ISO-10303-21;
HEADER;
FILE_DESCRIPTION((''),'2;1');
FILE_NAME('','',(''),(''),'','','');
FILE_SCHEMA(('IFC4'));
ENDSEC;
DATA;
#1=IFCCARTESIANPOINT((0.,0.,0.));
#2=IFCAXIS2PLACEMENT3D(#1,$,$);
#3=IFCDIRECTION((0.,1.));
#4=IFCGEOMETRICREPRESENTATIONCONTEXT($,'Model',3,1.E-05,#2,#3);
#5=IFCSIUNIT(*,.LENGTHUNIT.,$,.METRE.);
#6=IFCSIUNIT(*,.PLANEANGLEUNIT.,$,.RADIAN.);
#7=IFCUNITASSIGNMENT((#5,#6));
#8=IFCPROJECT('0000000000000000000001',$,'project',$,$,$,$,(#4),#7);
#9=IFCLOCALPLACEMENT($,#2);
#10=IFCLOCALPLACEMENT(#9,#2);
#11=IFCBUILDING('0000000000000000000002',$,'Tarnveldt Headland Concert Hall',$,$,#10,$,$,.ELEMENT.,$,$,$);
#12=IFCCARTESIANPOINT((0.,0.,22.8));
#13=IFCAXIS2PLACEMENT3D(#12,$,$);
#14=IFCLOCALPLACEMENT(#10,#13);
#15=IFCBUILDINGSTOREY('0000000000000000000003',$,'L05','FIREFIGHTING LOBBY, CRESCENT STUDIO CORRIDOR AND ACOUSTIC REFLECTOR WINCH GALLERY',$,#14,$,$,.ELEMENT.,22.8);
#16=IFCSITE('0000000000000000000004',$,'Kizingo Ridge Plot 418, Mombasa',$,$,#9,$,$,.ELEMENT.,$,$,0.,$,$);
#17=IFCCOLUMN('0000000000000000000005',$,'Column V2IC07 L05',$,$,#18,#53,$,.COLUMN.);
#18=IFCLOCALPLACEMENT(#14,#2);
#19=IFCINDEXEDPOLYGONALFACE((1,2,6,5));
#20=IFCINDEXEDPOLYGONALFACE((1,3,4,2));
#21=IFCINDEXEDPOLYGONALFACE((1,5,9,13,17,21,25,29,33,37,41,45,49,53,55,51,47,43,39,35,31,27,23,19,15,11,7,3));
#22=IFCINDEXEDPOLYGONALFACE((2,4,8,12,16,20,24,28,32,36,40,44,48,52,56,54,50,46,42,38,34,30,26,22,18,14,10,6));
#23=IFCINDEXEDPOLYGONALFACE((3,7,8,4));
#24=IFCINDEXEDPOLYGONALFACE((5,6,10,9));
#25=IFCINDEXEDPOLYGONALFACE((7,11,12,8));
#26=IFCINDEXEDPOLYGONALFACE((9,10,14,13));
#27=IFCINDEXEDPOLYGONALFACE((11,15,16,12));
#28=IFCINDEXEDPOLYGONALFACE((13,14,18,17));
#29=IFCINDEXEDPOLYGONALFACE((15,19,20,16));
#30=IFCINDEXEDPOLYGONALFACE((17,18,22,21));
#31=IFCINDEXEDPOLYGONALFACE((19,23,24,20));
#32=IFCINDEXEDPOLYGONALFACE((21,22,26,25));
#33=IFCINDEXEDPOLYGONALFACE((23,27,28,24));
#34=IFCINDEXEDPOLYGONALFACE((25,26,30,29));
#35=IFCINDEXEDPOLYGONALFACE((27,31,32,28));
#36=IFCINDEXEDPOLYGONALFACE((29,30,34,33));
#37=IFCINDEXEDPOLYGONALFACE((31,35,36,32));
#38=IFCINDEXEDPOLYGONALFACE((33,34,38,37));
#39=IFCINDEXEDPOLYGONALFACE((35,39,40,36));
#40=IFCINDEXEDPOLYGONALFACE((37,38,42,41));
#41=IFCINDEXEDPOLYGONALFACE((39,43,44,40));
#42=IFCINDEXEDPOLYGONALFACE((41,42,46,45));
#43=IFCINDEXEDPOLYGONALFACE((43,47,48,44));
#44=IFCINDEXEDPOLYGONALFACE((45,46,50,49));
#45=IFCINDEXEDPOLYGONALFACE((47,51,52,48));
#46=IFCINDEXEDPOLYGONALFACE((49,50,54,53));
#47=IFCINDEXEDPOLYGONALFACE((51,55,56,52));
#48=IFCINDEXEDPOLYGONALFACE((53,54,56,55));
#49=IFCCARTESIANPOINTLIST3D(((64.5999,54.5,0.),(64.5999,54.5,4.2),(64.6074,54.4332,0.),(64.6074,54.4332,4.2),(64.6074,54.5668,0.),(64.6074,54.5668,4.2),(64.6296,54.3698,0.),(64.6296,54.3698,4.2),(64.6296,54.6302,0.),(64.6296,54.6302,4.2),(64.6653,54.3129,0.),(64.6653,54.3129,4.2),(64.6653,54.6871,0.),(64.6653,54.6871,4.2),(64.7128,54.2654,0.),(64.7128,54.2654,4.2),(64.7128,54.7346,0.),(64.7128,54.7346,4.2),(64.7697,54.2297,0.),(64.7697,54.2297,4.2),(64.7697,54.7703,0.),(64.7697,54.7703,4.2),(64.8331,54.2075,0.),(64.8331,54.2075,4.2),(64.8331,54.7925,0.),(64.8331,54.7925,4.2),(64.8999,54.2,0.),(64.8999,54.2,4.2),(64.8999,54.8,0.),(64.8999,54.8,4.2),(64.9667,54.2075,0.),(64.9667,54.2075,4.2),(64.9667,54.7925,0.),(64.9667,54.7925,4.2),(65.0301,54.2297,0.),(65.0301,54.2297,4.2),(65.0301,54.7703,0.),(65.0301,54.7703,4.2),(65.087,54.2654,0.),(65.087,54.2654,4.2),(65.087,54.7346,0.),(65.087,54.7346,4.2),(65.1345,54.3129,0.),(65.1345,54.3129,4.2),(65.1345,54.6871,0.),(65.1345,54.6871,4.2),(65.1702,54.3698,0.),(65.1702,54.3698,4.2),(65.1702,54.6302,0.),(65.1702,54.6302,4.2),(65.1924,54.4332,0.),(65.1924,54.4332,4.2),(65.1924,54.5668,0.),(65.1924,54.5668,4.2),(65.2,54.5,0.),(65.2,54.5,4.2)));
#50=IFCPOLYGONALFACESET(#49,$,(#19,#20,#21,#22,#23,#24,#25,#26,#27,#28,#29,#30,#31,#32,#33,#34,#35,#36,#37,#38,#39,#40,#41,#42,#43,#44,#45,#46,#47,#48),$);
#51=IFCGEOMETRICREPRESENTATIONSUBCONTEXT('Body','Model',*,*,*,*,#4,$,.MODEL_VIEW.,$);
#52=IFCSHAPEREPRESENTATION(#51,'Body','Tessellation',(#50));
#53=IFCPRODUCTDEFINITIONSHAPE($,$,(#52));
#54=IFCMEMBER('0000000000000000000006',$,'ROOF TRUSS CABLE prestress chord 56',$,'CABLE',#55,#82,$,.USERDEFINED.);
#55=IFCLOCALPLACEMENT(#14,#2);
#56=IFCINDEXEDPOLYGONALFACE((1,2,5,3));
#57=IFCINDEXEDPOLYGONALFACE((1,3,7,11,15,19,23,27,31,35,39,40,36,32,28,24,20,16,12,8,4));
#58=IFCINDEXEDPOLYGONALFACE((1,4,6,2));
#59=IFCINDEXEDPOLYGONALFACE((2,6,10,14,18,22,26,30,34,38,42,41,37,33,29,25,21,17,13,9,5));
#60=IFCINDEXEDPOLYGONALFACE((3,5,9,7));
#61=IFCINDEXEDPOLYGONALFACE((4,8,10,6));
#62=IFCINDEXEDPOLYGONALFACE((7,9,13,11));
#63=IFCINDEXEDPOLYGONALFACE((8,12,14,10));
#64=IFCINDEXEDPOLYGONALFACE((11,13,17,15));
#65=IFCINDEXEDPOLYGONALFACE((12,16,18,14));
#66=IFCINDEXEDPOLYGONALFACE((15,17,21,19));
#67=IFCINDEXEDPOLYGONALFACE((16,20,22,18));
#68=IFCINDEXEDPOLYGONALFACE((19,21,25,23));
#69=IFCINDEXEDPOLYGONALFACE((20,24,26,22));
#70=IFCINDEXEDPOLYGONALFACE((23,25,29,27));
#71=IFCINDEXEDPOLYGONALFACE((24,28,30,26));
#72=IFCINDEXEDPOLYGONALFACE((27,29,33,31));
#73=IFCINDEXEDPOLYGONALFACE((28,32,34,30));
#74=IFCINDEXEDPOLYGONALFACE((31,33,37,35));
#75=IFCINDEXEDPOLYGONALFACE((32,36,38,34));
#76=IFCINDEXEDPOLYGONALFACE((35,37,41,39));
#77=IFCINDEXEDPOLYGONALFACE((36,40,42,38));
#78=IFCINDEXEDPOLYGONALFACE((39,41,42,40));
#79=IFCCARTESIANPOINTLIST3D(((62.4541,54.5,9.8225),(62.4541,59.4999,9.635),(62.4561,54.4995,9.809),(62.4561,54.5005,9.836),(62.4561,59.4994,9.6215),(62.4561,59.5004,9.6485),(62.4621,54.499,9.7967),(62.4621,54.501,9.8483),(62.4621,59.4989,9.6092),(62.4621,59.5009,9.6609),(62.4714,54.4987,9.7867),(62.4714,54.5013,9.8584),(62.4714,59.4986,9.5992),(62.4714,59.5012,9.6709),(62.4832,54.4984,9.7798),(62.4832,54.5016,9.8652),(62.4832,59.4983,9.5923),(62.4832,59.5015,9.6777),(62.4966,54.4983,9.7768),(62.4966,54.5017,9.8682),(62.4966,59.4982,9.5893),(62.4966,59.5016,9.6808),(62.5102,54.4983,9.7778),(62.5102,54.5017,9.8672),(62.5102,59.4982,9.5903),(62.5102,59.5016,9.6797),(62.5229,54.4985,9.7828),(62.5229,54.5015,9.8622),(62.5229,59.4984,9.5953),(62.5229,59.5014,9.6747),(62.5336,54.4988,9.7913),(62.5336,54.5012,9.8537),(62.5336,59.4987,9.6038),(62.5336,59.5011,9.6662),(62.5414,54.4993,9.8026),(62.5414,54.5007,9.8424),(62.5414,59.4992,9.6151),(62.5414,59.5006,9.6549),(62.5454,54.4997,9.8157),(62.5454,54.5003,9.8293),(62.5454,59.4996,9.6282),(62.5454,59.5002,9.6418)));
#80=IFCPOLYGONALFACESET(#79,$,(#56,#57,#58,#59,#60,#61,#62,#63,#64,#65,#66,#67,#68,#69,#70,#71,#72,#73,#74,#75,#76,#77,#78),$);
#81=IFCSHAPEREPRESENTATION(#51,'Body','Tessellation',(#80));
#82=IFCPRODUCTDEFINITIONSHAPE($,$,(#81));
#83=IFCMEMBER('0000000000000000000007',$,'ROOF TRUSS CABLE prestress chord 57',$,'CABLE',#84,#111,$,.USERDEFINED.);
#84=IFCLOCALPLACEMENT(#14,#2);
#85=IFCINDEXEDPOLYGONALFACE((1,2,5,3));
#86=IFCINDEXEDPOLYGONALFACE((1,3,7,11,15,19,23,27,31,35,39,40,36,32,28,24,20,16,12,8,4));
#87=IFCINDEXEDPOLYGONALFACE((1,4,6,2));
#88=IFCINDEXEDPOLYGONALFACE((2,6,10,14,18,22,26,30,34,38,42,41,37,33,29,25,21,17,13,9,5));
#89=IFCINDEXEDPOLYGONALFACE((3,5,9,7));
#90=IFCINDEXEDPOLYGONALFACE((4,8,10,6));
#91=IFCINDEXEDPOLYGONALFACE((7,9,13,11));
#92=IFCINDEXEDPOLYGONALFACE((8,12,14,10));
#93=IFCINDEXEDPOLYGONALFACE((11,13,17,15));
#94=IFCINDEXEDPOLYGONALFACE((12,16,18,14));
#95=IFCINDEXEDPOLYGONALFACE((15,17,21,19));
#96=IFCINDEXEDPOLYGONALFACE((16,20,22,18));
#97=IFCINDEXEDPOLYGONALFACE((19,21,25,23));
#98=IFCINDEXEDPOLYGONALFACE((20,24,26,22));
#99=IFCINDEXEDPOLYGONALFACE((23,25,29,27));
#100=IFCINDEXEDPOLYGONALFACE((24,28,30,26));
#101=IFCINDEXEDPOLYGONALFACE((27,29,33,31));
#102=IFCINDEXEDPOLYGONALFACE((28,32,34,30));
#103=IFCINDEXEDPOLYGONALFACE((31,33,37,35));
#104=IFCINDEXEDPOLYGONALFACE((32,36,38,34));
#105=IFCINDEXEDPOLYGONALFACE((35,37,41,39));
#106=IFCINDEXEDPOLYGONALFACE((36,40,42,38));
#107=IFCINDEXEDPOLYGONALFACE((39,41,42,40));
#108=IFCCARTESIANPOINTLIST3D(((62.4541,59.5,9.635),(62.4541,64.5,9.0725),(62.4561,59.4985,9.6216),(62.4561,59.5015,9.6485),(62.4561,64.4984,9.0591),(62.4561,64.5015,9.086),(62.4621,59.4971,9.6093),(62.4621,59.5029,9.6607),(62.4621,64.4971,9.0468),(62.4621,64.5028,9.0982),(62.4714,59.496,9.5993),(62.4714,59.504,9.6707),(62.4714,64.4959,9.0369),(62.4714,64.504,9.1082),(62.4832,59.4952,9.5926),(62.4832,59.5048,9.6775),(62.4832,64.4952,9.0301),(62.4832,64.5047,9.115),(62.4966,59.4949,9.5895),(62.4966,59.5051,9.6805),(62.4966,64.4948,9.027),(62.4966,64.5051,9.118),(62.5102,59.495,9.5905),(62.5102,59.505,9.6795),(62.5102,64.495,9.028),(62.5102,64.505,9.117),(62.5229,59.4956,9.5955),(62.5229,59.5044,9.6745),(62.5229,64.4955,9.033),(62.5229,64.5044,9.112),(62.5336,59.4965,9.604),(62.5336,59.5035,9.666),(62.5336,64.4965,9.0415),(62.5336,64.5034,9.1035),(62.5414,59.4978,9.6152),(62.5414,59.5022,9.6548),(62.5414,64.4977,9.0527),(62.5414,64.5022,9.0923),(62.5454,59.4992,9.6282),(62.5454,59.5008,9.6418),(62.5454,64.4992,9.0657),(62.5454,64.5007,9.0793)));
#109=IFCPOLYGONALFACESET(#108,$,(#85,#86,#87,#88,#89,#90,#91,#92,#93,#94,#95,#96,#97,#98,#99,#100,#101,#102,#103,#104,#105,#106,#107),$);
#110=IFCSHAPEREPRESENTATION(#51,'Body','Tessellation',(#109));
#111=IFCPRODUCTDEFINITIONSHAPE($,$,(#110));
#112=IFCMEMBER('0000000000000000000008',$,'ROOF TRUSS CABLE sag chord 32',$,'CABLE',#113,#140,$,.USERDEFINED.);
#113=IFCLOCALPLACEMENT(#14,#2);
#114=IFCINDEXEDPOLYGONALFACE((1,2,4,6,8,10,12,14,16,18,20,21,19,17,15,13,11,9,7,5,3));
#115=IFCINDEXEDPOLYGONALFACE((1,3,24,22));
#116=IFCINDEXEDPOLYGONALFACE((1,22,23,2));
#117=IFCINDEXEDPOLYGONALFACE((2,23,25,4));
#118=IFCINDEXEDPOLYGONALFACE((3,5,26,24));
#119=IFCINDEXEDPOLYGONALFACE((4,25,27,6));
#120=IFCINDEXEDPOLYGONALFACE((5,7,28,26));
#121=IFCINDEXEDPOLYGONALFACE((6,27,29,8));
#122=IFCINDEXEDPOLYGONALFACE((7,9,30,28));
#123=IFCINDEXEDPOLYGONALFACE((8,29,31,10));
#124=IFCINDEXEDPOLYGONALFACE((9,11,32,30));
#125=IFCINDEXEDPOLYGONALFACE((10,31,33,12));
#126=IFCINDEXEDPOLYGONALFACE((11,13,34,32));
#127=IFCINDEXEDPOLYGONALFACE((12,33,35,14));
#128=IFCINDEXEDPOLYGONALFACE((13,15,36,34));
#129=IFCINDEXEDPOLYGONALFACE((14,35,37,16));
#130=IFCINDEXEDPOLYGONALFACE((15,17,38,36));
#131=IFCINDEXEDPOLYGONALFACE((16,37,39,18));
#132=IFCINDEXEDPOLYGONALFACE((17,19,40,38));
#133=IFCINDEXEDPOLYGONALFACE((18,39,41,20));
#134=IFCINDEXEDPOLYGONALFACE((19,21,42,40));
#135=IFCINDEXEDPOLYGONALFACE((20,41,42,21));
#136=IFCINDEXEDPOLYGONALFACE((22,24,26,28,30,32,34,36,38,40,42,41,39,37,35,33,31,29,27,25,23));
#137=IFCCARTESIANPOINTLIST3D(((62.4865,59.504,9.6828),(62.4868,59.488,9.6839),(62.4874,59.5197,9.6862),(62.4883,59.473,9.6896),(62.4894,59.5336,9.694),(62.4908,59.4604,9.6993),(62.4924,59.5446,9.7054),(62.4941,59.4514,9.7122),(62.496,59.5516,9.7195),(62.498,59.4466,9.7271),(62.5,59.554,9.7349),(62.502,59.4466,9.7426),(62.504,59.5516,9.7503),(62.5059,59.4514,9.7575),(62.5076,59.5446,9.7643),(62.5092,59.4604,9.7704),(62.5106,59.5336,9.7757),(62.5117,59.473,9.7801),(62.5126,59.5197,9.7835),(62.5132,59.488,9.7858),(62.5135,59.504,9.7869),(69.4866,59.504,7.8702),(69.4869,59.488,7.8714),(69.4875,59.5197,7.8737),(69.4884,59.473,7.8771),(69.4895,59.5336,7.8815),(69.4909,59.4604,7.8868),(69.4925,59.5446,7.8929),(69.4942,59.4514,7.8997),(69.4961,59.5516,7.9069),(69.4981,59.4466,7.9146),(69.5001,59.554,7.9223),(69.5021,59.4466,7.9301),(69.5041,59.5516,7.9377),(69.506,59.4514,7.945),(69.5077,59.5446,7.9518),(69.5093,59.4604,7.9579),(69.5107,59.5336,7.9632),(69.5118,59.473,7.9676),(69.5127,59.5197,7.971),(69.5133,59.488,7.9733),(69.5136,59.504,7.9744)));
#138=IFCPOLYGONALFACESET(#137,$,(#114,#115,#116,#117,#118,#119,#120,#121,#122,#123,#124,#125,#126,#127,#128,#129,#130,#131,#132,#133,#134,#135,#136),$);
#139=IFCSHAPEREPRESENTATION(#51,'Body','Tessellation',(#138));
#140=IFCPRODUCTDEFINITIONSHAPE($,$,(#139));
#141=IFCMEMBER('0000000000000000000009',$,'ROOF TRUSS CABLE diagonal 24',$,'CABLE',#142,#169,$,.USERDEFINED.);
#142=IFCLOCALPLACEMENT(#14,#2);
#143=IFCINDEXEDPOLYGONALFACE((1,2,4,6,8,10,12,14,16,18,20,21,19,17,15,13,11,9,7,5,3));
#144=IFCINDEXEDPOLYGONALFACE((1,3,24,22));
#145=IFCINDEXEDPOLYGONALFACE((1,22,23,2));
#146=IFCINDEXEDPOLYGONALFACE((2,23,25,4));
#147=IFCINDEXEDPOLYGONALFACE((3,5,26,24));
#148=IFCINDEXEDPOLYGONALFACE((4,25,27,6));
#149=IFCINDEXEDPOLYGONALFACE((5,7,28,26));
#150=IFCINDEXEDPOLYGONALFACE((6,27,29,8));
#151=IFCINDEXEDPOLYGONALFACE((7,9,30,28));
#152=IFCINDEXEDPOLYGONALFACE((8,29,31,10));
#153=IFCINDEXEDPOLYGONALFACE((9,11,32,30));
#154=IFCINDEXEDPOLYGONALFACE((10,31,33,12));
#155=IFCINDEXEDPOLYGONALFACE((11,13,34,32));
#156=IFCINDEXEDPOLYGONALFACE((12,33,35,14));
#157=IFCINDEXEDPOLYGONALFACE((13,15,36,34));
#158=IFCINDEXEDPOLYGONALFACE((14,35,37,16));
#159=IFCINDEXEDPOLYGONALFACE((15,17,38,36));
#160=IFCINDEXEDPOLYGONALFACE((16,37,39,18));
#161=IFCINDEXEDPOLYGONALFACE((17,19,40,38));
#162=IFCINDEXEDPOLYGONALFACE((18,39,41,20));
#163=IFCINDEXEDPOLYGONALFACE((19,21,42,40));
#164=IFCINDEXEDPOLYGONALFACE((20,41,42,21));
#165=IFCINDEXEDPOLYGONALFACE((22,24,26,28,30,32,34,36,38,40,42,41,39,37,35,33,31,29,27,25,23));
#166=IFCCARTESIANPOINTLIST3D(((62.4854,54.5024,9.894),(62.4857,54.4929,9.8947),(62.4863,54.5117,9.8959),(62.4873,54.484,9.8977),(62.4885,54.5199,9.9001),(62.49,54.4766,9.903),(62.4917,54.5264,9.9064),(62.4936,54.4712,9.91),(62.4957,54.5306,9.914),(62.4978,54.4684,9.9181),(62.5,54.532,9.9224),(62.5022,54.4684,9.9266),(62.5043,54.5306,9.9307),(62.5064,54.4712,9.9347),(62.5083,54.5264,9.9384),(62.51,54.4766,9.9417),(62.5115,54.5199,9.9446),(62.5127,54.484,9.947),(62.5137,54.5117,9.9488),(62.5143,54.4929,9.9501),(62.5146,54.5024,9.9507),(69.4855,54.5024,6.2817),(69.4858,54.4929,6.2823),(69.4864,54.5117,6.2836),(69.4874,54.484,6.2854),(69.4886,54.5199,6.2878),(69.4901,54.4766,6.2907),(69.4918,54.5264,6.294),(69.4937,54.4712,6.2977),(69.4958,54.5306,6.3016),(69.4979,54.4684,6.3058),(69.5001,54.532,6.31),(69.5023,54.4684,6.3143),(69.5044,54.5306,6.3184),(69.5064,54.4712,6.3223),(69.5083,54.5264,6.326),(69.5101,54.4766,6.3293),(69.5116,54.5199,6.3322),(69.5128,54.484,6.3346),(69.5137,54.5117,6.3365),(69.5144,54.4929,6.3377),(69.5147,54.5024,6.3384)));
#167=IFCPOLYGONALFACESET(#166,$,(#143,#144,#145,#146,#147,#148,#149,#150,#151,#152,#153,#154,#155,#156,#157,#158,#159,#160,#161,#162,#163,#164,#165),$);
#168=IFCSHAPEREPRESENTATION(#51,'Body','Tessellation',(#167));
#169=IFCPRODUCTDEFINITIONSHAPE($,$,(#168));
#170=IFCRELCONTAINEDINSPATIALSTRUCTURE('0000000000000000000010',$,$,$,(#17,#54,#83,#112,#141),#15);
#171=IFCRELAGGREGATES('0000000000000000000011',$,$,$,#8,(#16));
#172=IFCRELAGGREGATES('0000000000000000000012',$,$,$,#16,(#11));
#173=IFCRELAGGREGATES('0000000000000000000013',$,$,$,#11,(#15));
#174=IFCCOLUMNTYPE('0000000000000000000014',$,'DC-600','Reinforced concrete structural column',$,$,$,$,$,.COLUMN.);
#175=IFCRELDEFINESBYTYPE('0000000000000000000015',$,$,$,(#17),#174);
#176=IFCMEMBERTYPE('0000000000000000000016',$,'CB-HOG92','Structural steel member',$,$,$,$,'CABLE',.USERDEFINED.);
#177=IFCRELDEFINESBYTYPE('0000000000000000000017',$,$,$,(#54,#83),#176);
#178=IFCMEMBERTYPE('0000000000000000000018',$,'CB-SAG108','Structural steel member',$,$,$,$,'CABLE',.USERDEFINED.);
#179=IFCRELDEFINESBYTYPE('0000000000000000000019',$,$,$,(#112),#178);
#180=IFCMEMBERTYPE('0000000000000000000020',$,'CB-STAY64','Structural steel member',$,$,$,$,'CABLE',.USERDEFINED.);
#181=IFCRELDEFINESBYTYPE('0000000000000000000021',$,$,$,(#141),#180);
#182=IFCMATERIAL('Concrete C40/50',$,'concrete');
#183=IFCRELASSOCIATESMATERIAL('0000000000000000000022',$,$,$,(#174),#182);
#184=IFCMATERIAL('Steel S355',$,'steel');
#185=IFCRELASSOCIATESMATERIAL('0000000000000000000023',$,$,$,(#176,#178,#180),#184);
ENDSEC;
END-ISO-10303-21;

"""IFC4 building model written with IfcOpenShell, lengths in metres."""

from ifc_helpers import new_model, si_unit, direction, frame, origin, origin_2d, place, context, subcontext, project, spatial, circle, extrude, material, material_profile, profile_set, type_object, element, save


model = new_model("IFC4")

# Units and contexts
model_context = context("Model", 3, precision=1e-05, world=origin(), true_north=direction((0.0, 1.0)))
body_context = subcontext(model_context, "Body", "Model", "MODEL_VIEW")
ifc_project = project(units=[si_unit("LENGTHUNIT", "METRE"), si_unit("PLANEANGLEUNIT", "RADIAN")], contexts=[model_context])

# Site, building, storey
site_placement = place(None, origin())
site = spatial("IfcSite", under=ifc_project, at=site_placement, Name="Kizingo Ridge Plot 418, Mombasa", CompositionType="ELEMENT", RefElevation=0.0)
building_placement = place(site_placement, origin())
building = spatial("IfcBuilding", under=site, at=building_placement, Name="Tarnveldt Headland Concert Hall", CompositionType="ELEMENT")
storey_placement = place(building_placement, frame((0.0, 0.0, 22.8)))
storey = spatial("IfcBuildingStorey", under=building, at=storey_placement, Name="L05", Description="FIREFIGHTING LOBBY, CRESCENT STUDIO CORRIDOR AND ACOUSTIC REFLECTOR WINCH GALLERY", CompositionType="ELEMENT", Elevation=22.8)

# Column
ifc_material_1 = material(Name="Concrete C40/50", Category="concrete")
ifc_material_profile_1 = material_profile(ifc_material_1, circle(Radius=0.3, at=origin_2d()), Name="RC D600", Category="concrete")
ifc_profile_set_1 = profile_set([ifc_material_profile_1], Name="Concrete C40/50")
column_type = type_object("IfcColumnType", Name="DC-600", Description="Reinforced concrete structural column", PredefinedType="COLUMN", material=ifc_profile_set_1)
for number, where, z_axis, x_axis, name in (
    (1, (64.8999, 54.5, 0.0), (0.0, 0.0, 1.0), (-1.0, 0.0, 0.0), "Column V2IC07 L05"),
):
    element("IfcColumn", number, at=place(storey_placement, frame(where, z_axis=z_axis, x_axis=x_axis)), inside=storey, type_object=column_type, Name=name, PredefinedType="COLUMN", context=body_context, shape_type="SweptSolid", body=[
        extrude(circle(Radius=0.3, at=origin_2d()), origin(), (0.0, 0.0, 1.0), 4.2),
    ])

# Members
ifc_material_2 = material(Name="Steel S355", Category="steel")
ifc_material_profile_2 = material_profile(ifc_material_2, circle(Radius=0.0459, at=origin_2d()), Name="LC D92", Category="steel")
ifc_profile_set_2 = profile_set([ifc_material_profile_2], Name="Steel S355")
member_type_1 = type_object("IfcMemberType", Name="CB-HOG92", Description="Structural steel member", ElementType="CABLE", PredefinedType="USERDEFINED", material=ifc_profile_set_2)
member_1_placement = place(storey_placement, frame((62.5, 54.5, 9.8225), z_axis=(0.0, 0.999298, -0.037474), x_axis=(-1.0, 0.0, 0.0)))
element("IfcMember", 2, at=member_1_placement, inside=storey, type_object=member_type_1, Name="ROOF TRUSS CABLE prestress chord 56", ObjectType="CABLE", PredefinedType="USERDEFINED", context=body_context, shape_type="SweptSolid", body=[
    extrude(circle(Radius=0.0459, at=origin_2d()), origin(), (0.0, 0.0, 1.0), 5.0034),
])
member_2_placement = place(storey_placement, frame((62.5, 59.5, 9.635), z_axis=(0.0, 0.993731, -0.111795), x_axis=(-1.0, 0.0, 0.0)))
element("IfcMember", 3, at=member_2_placement, inside=storey, type_object=member_type_1, Name="ROOF TRUSS CABLE prestress chord 57", ObjectType="CABLE", PredefinedType="USERDEFINED", context=body_context, shape_type="SweptSolid", body=[
    extrude(circle(Radius=0.0459, at=origin_2d()), origin(), (0.0, 0.0, 1.0), 5.0315),
])
ifc_material_profile_3 = material_profile(ifc_material_2, circle(Radius=0.054, at=origin_2d()), Name="LC D108", Category="steel")
ifc_profile_set_3 = profile_set([ifc_material_profile_3], Name="Steel S355")
member_type_2 = type_object("IfcMemberType", Name="CB-SAG108", Description="Structural steel member", ElementType="CABLE", PredefinedType="USERDEFINED", material=ifc_profile_set_3)
member_3_placement = place(storey_placement, frame((62.5, 59.5, 9.7349), z_axis=(0.968075, 0.0, -0.250662), x_axis=(0.0, 1.0, 0.0)))
element("IfcMember", 4, at=member_3_placement, inside=storey, type_object=member_type_2, Name="ROOF TRUSS CABLE sag chord 32", ObjectType="CABLE", PredefinedType="USERDEFINED", context=body_context, shape_type="SweptSolid", body=[
    extrude(circle(Radius=0.054, at=origin_2d()), origin(), (0.0, 0.0, 1.0), 7.231),
])
ifc_material_profile_4 = material_profile(ifc_material_2, circle(Radius=0.032, at=origin_2d()), Name="LC D64", Category="steel")
ifc_profile_set_4 = profile_set([ifc_material_profile_4], Name="Steel S355")
member_type_3 = type_object("IfcMemberType", Name="CB-STAY64", Description="Structural steel member", ElementType="CABLE", PredefinedType="USERDEFINED", material=ifc_profile_set_4)
for number, where, z_axis, x_axis, name in (
    (5, (62.5, 54.5, 9.9224), (0.888652, 0.0, -0.458583), (0.0, 1.0, 0.0), "ROOF TRUSS CABLE diagonal 24"),
):
    element("IfcMember", number, at=place(storey_placement, frame(where, z_axis=z_axis, x_axis=x_axis)), inside=storey, type_object=member_type_3, Name=name, ObjectType="CABLE", PredefinedType="USERDEFINED", context=body_context, shape_type="SweptSolid", body=[
        extrude(circle(Radius=0.032, at=origin_2d()), origin(), (0.0, 0.0, 1.0), 7.8772),
    ])

save(model, "model.ifc")
